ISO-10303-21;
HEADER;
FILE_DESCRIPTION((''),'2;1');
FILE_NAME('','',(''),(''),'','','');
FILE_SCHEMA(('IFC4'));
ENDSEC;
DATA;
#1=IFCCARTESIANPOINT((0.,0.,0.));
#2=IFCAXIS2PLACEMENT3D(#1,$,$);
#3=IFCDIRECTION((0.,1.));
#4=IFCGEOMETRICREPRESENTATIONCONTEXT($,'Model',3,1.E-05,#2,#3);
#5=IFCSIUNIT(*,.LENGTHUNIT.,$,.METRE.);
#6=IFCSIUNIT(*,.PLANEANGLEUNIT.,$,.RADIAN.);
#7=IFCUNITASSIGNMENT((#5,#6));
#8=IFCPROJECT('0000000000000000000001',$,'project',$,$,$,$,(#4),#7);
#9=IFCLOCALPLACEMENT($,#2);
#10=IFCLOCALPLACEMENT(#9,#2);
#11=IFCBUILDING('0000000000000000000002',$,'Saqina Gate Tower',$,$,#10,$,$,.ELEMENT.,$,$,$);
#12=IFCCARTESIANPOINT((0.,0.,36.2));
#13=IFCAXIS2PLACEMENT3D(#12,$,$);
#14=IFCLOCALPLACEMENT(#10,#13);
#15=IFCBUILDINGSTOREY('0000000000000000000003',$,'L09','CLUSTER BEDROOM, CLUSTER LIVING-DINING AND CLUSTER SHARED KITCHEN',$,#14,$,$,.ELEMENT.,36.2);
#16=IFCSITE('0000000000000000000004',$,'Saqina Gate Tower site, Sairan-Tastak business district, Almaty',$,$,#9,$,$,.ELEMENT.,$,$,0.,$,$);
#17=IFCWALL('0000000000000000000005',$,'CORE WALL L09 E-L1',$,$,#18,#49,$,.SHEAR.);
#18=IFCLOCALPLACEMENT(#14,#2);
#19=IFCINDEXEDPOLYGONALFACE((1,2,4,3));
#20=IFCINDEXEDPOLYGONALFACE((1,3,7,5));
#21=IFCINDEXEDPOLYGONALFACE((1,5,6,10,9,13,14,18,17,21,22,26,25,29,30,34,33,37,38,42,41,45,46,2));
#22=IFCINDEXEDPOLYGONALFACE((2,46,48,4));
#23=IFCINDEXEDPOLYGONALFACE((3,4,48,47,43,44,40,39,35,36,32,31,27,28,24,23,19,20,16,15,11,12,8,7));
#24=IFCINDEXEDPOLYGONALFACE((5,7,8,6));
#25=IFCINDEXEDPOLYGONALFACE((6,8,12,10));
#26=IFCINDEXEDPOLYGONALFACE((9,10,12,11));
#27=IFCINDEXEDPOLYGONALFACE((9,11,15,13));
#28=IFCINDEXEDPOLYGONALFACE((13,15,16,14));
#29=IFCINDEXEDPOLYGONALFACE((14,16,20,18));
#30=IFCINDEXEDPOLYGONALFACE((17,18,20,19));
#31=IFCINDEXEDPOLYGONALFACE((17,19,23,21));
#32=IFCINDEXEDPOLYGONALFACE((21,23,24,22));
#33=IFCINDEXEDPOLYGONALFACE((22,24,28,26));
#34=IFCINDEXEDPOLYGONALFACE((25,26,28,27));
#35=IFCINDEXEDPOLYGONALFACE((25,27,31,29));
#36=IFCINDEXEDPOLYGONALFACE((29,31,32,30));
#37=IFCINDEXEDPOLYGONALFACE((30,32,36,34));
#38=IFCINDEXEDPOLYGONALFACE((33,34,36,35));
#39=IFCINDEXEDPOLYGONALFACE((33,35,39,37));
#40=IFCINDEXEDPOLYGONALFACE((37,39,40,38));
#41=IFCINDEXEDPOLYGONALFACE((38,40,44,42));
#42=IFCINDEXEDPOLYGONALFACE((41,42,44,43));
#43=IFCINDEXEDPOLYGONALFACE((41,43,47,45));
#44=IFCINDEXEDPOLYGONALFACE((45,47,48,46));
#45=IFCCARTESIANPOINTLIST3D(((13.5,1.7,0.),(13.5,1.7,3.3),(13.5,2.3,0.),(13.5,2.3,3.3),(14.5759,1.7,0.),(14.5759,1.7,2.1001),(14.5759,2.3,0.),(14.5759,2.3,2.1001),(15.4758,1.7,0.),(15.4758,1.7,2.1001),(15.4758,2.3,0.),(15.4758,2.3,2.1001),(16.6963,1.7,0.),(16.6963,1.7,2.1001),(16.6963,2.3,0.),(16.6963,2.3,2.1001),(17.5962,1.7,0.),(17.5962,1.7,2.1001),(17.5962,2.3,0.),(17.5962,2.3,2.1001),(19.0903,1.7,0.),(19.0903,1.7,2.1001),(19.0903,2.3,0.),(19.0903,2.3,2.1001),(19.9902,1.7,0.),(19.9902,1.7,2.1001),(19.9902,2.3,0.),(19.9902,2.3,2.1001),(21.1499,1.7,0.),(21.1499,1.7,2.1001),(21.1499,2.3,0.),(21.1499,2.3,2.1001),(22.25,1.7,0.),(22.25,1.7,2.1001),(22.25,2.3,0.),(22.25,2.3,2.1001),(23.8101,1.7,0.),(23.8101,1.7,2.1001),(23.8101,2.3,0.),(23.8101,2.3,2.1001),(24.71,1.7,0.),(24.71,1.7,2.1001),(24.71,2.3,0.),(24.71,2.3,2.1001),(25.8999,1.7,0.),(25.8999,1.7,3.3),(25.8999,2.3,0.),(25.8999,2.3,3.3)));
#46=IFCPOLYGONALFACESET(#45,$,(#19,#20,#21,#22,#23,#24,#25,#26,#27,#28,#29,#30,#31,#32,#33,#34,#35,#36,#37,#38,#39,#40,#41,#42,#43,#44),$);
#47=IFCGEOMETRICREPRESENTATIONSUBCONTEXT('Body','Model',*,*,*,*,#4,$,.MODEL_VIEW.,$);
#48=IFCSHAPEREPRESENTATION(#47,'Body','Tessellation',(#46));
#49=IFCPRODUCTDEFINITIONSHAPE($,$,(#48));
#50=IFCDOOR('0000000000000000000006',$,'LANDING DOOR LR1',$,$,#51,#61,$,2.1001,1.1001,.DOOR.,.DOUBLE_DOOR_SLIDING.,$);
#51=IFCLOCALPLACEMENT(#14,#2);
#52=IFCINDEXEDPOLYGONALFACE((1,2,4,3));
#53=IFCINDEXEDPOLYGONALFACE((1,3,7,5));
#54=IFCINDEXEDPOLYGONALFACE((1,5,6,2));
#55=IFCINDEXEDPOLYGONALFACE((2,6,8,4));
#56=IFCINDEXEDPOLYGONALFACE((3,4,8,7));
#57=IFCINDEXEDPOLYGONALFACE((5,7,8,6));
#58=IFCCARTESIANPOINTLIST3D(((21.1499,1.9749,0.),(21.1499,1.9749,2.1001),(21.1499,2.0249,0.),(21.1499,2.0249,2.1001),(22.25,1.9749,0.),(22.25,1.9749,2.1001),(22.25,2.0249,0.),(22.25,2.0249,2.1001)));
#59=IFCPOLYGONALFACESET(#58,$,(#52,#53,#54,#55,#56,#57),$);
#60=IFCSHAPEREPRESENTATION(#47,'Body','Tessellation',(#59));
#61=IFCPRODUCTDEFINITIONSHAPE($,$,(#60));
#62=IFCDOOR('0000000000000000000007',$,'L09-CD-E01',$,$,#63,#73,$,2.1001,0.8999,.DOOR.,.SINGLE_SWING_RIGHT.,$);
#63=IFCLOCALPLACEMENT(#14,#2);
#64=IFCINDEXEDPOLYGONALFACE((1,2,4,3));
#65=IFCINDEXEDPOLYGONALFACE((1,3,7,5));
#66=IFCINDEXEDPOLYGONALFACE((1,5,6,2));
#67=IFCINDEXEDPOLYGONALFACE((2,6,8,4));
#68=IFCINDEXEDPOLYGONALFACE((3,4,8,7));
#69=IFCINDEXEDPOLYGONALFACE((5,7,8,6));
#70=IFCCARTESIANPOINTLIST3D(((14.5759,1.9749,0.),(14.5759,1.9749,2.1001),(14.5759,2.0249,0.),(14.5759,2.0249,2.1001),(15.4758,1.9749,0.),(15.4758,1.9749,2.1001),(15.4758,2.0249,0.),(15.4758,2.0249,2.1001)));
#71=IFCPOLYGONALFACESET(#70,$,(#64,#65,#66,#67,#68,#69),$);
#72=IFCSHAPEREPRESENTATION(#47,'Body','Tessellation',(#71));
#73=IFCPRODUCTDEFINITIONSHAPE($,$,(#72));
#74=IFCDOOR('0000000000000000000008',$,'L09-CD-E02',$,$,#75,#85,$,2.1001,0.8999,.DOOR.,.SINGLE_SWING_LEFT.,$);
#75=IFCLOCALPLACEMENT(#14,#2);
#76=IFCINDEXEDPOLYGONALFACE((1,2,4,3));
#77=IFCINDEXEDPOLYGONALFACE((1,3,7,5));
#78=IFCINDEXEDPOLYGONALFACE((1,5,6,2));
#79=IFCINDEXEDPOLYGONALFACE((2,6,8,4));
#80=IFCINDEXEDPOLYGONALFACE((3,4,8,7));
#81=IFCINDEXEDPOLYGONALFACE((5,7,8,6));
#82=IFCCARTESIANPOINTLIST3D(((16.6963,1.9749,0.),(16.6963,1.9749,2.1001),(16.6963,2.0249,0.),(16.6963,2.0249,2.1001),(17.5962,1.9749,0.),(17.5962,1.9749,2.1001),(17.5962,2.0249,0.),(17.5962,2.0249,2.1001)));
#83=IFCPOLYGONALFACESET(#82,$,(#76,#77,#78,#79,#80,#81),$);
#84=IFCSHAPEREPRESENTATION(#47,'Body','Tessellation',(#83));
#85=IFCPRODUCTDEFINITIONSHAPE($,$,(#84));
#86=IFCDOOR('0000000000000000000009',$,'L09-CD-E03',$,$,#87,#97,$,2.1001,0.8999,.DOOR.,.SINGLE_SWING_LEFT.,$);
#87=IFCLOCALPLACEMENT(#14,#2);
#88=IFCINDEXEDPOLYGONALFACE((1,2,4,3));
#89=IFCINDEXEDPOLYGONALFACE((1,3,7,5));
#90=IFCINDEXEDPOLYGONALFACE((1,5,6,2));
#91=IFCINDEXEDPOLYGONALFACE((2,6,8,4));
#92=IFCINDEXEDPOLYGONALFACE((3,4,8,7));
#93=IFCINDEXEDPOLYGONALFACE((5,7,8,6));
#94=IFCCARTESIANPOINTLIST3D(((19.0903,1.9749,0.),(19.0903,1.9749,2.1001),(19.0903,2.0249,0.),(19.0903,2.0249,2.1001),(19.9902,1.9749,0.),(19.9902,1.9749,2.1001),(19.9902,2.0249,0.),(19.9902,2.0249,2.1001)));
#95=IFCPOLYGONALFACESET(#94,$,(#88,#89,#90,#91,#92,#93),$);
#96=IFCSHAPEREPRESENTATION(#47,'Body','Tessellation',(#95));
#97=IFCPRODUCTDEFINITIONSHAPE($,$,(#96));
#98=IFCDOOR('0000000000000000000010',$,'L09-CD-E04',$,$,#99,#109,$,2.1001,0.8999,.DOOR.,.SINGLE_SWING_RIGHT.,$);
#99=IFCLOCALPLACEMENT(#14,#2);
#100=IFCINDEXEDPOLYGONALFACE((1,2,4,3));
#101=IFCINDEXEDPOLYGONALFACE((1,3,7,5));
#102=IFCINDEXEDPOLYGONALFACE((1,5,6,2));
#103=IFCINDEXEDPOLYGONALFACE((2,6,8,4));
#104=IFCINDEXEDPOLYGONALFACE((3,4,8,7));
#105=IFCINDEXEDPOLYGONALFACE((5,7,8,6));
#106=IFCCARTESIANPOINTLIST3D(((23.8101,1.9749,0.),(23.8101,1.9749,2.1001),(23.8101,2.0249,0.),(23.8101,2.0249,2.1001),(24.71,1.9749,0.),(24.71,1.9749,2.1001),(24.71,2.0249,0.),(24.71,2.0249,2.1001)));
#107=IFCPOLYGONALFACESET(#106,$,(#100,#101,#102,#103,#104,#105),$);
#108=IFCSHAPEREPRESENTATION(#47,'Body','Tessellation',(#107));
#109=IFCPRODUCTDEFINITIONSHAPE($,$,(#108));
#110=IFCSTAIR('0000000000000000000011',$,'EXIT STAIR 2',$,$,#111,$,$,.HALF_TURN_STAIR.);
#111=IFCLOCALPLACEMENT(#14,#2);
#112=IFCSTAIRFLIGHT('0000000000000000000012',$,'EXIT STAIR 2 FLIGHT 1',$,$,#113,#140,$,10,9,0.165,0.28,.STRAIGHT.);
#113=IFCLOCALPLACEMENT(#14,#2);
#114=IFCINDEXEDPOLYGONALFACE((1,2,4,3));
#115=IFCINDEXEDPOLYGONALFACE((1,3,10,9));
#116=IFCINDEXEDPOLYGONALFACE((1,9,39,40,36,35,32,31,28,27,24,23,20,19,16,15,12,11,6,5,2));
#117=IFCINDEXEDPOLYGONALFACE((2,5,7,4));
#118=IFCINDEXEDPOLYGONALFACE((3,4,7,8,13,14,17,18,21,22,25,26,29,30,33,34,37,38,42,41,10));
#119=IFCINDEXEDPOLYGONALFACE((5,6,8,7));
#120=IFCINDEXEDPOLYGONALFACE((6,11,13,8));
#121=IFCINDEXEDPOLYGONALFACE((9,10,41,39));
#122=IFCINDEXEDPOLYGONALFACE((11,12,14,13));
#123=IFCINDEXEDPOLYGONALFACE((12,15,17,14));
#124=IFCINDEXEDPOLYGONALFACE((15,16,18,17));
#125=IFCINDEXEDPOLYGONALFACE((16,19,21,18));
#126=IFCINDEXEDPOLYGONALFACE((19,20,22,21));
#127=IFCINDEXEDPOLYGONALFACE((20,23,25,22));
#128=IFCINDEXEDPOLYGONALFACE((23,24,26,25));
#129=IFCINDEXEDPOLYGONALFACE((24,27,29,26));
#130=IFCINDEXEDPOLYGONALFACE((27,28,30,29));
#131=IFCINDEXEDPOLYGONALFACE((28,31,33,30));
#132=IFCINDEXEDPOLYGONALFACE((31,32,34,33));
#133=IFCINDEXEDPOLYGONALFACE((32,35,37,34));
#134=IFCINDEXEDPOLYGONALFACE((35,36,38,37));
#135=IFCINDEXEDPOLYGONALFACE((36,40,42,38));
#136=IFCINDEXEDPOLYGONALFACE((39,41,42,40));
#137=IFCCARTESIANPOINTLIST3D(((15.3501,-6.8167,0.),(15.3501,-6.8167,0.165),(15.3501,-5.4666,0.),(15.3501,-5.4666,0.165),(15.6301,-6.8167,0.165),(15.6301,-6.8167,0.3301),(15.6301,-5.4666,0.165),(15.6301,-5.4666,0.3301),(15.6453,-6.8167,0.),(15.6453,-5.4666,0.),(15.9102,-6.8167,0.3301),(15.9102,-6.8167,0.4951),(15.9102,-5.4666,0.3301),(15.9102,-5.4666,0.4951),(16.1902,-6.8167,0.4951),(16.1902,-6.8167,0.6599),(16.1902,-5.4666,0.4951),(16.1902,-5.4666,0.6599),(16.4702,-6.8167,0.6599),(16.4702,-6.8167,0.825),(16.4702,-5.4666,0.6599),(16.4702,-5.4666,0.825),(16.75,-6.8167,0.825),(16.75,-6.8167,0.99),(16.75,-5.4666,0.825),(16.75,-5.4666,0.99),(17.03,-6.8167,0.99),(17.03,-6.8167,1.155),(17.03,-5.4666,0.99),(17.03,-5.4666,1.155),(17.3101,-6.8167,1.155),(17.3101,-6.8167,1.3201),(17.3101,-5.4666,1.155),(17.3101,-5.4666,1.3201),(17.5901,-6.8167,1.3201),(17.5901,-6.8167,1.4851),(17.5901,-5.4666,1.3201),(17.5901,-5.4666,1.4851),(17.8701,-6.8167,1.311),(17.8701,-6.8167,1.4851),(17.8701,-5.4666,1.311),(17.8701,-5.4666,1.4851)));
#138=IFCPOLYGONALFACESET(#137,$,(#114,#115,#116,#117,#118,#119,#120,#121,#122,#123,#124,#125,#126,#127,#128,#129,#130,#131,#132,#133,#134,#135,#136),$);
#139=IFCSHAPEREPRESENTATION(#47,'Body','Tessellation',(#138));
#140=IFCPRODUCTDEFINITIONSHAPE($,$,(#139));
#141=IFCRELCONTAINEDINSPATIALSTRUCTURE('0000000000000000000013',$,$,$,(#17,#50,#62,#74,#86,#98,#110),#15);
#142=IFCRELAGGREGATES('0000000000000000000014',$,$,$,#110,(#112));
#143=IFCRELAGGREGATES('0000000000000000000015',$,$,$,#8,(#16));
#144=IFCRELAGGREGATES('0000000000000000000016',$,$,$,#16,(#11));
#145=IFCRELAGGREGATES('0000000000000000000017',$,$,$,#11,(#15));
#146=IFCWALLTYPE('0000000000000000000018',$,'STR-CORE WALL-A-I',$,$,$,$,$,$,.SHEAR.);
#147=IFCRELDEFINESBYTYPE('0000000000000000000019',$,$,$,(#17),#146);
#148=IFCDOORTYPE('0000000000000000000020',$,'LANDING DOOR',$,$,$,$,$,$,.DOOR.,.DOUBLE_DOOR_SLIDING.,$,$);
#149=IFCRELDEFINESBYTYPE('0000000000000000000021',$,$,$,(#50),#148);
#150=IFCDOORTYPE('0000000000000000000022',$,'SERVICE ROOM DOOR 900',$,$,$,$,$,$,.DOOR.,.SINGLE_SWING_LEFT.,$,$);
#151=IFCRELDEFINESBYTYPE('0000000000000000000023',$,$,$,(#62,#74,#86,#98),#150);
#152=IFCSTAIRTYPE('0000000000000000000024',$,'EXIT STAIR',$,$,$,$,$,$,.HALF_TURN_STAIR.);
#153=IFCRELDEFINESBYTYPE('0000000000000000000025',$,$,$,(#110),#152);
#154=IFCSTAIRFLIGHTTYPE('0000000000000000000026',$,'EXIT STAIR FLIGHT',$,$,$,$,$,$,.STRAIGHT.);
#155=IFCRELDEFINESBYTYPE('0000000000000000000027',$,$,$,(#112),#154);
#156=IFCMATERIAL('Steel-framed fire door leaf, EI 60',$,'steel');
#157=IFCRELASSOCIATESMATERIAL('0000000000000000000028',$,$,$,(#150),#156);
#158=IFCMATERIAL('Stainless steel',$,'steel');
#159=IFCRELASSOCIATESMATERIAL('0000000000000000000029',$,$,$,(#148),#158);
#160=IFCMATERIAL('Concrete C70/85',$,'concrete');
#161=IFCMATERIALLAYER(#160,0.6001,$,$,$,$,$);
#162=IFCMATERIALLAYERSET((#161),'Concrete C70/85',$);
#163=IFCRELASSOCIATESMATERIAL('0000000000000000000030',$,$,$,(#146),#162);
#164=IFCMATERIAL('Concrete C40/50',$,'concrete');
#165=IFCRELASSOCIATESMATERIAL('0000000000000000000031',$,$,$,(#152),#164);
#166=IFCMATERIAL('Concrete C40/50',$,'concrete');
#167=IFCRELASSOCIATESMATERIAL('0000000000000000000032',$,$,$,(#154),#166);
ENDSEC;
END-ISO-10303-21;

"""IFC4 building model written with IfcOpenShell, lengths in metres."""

from ifc_helpers import new_model, si_unit, direction, frame, frame_2d, origin, place, context, subcontext, project, spatial, polyline, rectangle, outline, extrude, material, layer, layer_set, type_object, element, fill, aggregate, save


model = new_model("IFC4")

# Units and contexts
model_context = context("Model", 3, precision=1e-05, world=origin(), true_north=direction((0.0, 1.0)))
body_context = subcontext(model_context, "Body", "Model", "MODEL_VIEW")
ifc_project = project(units=[si_unit("LENGTHUNIT", "METRE"), si_unit("PLANEANGLEUNIT", "RADIAN")], contexts=[model_context])

# Site, building, storey
site_placement = place(None, origin())
site = spatial("IfcSite", under=ifc_project, at=site_placement, Name="Saqina Gate Tower site, Sairan-Tastak business district, Almaty", CompositionType="ELEMENT", RefElevation=0.0)
building_placement = place(site_placement, origin())
building = spatial("IfcBuilding", under=site, at=building_placement, Name="Saqina Gate Tower", CompositionType="ELEMENT")
storey_placement = place(building_placement, frame((0.0, 0.0, 36.2)))
storey = spatial("IfcBuildingStorey", under=building, at=storey_placement, Name="L09", Description="CLUSTER BEDROOM, CLUSTER LIVING-DINING AND CLUSTER SHARED KITCHEN", CompositionType="ELEMENT", Elevation=36.2)

# Shared definitions
ifc_material_1 = material(Name="Steel-framed fire door leaf, EI 60", Category="steel")
door_type_1 = type_object("IfcDoorType", Name="SERVICE ROOM DOOR 900", OperationType="SINGLE_SWING_LEFT", PredefinedType="DOOR", material=ifc_material_1)

# Shared definitions
ifc_material_2 = material(Name="Stainless steel", Category="steel")
door_type_2 = type_object("IfcDoorType", Name="LANDING DOOR", OperationType="DOUBLE_DOOR_SLIDING", PredefinedType="DOOR", material=ifc_material_2)

# Wall, openings, doors
ifc_material_3 = material(Name="Concrete C70/85", Category="concrete")
ifc_layer_1 = layer(ifc_material_3, 0.6001)
ifc_layer_set_1 = layer_set([ifc_layer_1], Name="Concrete C70/85")
wall_type_1 = type_object("IfcWallType", Name="STR-CORE WALL-A-I", PredefinedType="SHEAR", material=ifc_layer_set_1)
wall_1_placement = place(storey_placement, frame((13.5, 2.0, 0.0), z_axis=(0.0, 0.0, 1.0), x_axis=(1.0, 0.0, 0.0)))
wall_1 = element("IfcWall", 1, at=wall_1_placement, inside=storey, type_object=wall_type_1, Name="CORE WALL L09 E-L1", PredefinedType="SHEAR", context=body_context, shape_type="SweptSolid", body=[
    extrude(rectangle(XDim=12.3999, YDim=0.6001, at=frame_2d((6.2, 0.0))), origin(), (0.0, 0.0, 1.0), 3.3),
])
opening_1_placement = place(wall_1_placement, frame((7.6499, 0.0, 0.0)))
opening_1 = element("IfcOpeningElement", 2, at=opening_1_placement, cuts=wall_1, PredefinedType="OPENING", context=body_context, shape_type="SweptSolid", body=[
    extrude(rectangle(XDim=1.1001, YDim=2.1001, at=frame_2d((0.55, 1.05))), frame((0.0, 0.312, 0.0), z_axis=(0.0, -1.0, 0.0), x_axis=(1.0, 0.0, 0.0)), (0.0, 0.0, 1.0), 0.624),
])
opening_2_placement = place(wall_1_placement, frame((1.0759, 0.0, 0.0)))
opening_2 = element("IfcOpeningElement", 3, at=opening_2_placement, cuts=wall_1, PredefinedType="OPENING", context=body_context, shape_type="SweptSolid", body=[
    extrude(rectangle(XDim=0.8999, YDim=2.1001, at=frame_2d((0.45, 1.05))), frame((0.0, 0.312, 0.0), z_axis=(0.0, -1.0, 0.0), x_axis=(1.0, 0.0, 0.0)), (0.0, 0.0, 1.0), 0.624),
])
opening_3_placement = place(wall_1_placement, frame((3.1963, 0.0, 0.0)))
opening_3 = element("IfcOpeningElement", 4, at=opening_3_placement, cuts=wall_1, PredefinedType="OPENING", context=body_context, shape_type="SweptSolid", body=[
    extrude(rectangle(XDim=0.8999, YDim=2.1001, at=frame_2d((0.45, 1.05))), frame((0.0, 0.312, 0.0), z_axis=(0.0, -1.0, 0.0), x_axis=(1.0, 0.0, 0.0)), (0.0, 0.0, 1.0), 0.624),
])
opening_4_placement = place(wall_1_placement, frame((5.5903, 0.0, 0.0)))
opening_4 = element("IfcOpeningElement", 5, at=opening_4_placement, cuts=wall_1, PredefinedType="OPENING", context=body_context, shape_type="SweptSolid", body=[
    extrude(rectangle(XDim=0.8999, YDim=2.1001, at=frame_2d((0.45, 1.05))), frame((0.0, 0.312, 0.0), z_axis=(0.0, -1.0, 0.0), x_axis=(1.0, 0.0, 0.0)), (0.0, 0.0, 1.0), 0.624),
])
opening_5_placement = place(wall_1_placement, frame((10.3101, 0.0, 0.0)))
opening_5 = element("IfcOpeningElement", 6, at=opening_5_placement, cuts=wall_1, PredefinedType="OPENING", context=body_context, shape_type="SweptSolid", body=[
    extrude(rectangle(XDim=0.8999, YDim=2.1001, at=frame_2d((0.45, 1.05))), frame((0.0, 0.312, 0.0), z_axis=(0.0, -1.0, 0.0), x_axis=(1.0, 0.0, 0.0)), (0.0, 0.0, 1.0), 0.624),
])
door_1_placement = place(opening_1_placement, origin())
door_1 = element("IfcDoor", 7, at=door_1_placement, inside=storey, type_object=door_type_2, Name="LANDING DOOR LR1", OperationType="DOUBLE_DOOR_SLIDING", OverallHeight=2.1001, OverallWidth=1.1001, PredefinedType="DOOR", context=body_context, shape_type="SweptSolid", body=[
    extrude(rectangle(XDim=1.1001, YDim=2.1001, at=frame_2d((0.55, 1.05))), frame((0.0, 0.0249, 0.0), z_axis=(0.0, -1.0, 0.0), x_axis=(1.0, 0.0, 0.0)), (0.0, 0.0, 1.0), 0.05),
])
fill(opening_1, door_1)
door_2_placement = place(opening_2_placement, origin())
door_2 = element("IfcDoor", 8, at=door_2_placement, inside=storey, type_object=door_type_1, Name="L09-CD-E01", OperationType="SINGLE_SWING_RIGHT", OverallHeight=2.1001, OverallWidth=0.8999, PredefinedType="DOOR", context=body_context, shape_type="SweptSolid", body=[
    extrude(rectangle(XDim=0.8999, YDim=2.1001, at=frame_2d((0.45, 1.05))), frame((0.0, 0.0249, 0.0), z_axis=(0.0, -1.0, 0.0), x_axis=(1.0, 0.0, 0.0)), (0.0, 0.0, 1.0), 0.05),
])
fill(opening_2, door_2)
door_3_placement = place(opening_3_placement, origin())
door_3 = element("IfcDoor", 9, at=door_3_placement, inside=storey, type_object=door_type_1, Name="L09-CD-E02", OperationType="SINGLE_SWING_LEFT", OverallHeight=2.1001, OverallWidth=0.8999, PredefinedType="DOOR", context=body_context, shape_type="SweptSolid", body=[
    extrude(rectangle(XDim=0.8999, YDim=2.1001, at=frame_2d((0.45, 1.05))), frame((0.0, 0.0249, 0.0), z_axis=(0.0, -1.0, 0.0), x_axis=(1.0, 0.0, 0.0)), (0.0, 0.0, 1.0), 0.05),
])
fill(opening_3, door_3)
door_4_placement = place(opening_4_placement, origin())
door_4 = element("IfcDoor", 10, at=door_4_placement, inside=storey, type_object=door_type_1, Name="L09-CD-E03", OperationType="SINGLE_SWING_LEFT", OverallHeight=2.1001, OverallWidth=0.8999, PredefinedType="DOOR", context=body_context, shape_type="SweptSolid", body=[
    extrude(rectangle(XDim=0.8999, YDim=2.1001, at=frame_2d((0.45, 1.05))), frame((0.0, 0.0249, 0.0), z_axis=(0.0, -1.0, 0.0), x_axis=(1.0, 0.0, 0.0)), (0.0, 0.0, 1.0), 0.05),
])
fill(opening_4, door_4)
door_5_placement = place(opening_5_placement, origin())
door_5 = element("IfcDoor", 11, at=door_5_placement, inside=storey, type_object=door_type_1, Name="L09-CD-E04", OperationType="SINGLE_SWING_RIGHT", OverallHeight=2.1001, OverallWidth=0.8999, PredefinedType="DOOR", context=body_context, shape_type="SweptSolid", body=[
    extrude(rectangle(XDim=0.8999, YDim=2.1001, at=frame_2d((0.45, 1.05))), frame((0.0, 0.0249, 0.0), z_axis=(0.0, -1.0, 0.0), x_axis=(1.0, 0.0, 0.0)), (0.0, 0.0, 1.0), 0.05),
])
fill(opening_5, door_5)

# Stair, stair flight
ifc_material_4 = material(Name="Concrete C40/50", Category="concrete")
stair_type = type_object("IfcStairType", Name="EXIT STAIR", PredefinedType="HALF_TURN_STAIR", material=ifc_material_4)
stair_placement = place(storey_placement, origin())
stair = element("IfcStair", 12, at=stair_placement, inside=storey, type_object=stair_type, Name="EXIT STAIR 2", PredefinedType="HALF_TURN_STAIR")
ifc_material_5 = material(Name="Concrete C40/50", Category="concrete")
stair_flight_type = type_object("IfcStairFlightType", Name="EXIT STAIR FLIGHT", PredefinedType="STRAIGHT", material=ifc_material_5)
stair_flight_placement = place(storey_placement, frame((15.3501, -6.1416, 0.0), z_axis=(0.0, 0.0, 1.0), x_axis=(1.0, 0.0, 0.0)))
stair_flight = element("IfcStairFlight", 13, at=stair_flight_placement, type_object=stair_flight_type, Name="EXIT STAIR 2 FLIGHT 1", NumberOfRisers=10, NumberOfTreads=9, PredefinedType="STRAIGHT", RiserHeight=0.165, TreadLength=0.28, context=body_context, shape_type="SweptSolid", body=[
    extrude(outline(polyline([(0.0, 0.0), (0.0, 0.165), (0.28, 0.165), (0.28, 0.3301), (0.5601, 0.3301), (0.5601, 0.4951), (0.8401, 0.4951), (0.8401, 0.6599), (1.1201, 0.6599), (1.1201, 0.825), (1.3999, 0.825), (1.3999, 0.99), (1.6799, 0.99), (1.6799, 1.155), (1.96, 1.155), (1.96, 1.3201), (2.24, 1.3201), (2.24, 1.4851), (2.52, 1.4851), (2.52, 1.6499), (2.52, 1.311), (0.2952, 0.0), (0.0, 0.0)])), frame((0.0, 0.675, 0.0), z_axis=(0.0, -1.0, 0.0), x_axis=(1.0, 0.0, 0.0)), (0.0, 0.0, 1.0), 1.3501),
])
aggregate(stair, [stair_flight])

save(model, "model.ifc")
